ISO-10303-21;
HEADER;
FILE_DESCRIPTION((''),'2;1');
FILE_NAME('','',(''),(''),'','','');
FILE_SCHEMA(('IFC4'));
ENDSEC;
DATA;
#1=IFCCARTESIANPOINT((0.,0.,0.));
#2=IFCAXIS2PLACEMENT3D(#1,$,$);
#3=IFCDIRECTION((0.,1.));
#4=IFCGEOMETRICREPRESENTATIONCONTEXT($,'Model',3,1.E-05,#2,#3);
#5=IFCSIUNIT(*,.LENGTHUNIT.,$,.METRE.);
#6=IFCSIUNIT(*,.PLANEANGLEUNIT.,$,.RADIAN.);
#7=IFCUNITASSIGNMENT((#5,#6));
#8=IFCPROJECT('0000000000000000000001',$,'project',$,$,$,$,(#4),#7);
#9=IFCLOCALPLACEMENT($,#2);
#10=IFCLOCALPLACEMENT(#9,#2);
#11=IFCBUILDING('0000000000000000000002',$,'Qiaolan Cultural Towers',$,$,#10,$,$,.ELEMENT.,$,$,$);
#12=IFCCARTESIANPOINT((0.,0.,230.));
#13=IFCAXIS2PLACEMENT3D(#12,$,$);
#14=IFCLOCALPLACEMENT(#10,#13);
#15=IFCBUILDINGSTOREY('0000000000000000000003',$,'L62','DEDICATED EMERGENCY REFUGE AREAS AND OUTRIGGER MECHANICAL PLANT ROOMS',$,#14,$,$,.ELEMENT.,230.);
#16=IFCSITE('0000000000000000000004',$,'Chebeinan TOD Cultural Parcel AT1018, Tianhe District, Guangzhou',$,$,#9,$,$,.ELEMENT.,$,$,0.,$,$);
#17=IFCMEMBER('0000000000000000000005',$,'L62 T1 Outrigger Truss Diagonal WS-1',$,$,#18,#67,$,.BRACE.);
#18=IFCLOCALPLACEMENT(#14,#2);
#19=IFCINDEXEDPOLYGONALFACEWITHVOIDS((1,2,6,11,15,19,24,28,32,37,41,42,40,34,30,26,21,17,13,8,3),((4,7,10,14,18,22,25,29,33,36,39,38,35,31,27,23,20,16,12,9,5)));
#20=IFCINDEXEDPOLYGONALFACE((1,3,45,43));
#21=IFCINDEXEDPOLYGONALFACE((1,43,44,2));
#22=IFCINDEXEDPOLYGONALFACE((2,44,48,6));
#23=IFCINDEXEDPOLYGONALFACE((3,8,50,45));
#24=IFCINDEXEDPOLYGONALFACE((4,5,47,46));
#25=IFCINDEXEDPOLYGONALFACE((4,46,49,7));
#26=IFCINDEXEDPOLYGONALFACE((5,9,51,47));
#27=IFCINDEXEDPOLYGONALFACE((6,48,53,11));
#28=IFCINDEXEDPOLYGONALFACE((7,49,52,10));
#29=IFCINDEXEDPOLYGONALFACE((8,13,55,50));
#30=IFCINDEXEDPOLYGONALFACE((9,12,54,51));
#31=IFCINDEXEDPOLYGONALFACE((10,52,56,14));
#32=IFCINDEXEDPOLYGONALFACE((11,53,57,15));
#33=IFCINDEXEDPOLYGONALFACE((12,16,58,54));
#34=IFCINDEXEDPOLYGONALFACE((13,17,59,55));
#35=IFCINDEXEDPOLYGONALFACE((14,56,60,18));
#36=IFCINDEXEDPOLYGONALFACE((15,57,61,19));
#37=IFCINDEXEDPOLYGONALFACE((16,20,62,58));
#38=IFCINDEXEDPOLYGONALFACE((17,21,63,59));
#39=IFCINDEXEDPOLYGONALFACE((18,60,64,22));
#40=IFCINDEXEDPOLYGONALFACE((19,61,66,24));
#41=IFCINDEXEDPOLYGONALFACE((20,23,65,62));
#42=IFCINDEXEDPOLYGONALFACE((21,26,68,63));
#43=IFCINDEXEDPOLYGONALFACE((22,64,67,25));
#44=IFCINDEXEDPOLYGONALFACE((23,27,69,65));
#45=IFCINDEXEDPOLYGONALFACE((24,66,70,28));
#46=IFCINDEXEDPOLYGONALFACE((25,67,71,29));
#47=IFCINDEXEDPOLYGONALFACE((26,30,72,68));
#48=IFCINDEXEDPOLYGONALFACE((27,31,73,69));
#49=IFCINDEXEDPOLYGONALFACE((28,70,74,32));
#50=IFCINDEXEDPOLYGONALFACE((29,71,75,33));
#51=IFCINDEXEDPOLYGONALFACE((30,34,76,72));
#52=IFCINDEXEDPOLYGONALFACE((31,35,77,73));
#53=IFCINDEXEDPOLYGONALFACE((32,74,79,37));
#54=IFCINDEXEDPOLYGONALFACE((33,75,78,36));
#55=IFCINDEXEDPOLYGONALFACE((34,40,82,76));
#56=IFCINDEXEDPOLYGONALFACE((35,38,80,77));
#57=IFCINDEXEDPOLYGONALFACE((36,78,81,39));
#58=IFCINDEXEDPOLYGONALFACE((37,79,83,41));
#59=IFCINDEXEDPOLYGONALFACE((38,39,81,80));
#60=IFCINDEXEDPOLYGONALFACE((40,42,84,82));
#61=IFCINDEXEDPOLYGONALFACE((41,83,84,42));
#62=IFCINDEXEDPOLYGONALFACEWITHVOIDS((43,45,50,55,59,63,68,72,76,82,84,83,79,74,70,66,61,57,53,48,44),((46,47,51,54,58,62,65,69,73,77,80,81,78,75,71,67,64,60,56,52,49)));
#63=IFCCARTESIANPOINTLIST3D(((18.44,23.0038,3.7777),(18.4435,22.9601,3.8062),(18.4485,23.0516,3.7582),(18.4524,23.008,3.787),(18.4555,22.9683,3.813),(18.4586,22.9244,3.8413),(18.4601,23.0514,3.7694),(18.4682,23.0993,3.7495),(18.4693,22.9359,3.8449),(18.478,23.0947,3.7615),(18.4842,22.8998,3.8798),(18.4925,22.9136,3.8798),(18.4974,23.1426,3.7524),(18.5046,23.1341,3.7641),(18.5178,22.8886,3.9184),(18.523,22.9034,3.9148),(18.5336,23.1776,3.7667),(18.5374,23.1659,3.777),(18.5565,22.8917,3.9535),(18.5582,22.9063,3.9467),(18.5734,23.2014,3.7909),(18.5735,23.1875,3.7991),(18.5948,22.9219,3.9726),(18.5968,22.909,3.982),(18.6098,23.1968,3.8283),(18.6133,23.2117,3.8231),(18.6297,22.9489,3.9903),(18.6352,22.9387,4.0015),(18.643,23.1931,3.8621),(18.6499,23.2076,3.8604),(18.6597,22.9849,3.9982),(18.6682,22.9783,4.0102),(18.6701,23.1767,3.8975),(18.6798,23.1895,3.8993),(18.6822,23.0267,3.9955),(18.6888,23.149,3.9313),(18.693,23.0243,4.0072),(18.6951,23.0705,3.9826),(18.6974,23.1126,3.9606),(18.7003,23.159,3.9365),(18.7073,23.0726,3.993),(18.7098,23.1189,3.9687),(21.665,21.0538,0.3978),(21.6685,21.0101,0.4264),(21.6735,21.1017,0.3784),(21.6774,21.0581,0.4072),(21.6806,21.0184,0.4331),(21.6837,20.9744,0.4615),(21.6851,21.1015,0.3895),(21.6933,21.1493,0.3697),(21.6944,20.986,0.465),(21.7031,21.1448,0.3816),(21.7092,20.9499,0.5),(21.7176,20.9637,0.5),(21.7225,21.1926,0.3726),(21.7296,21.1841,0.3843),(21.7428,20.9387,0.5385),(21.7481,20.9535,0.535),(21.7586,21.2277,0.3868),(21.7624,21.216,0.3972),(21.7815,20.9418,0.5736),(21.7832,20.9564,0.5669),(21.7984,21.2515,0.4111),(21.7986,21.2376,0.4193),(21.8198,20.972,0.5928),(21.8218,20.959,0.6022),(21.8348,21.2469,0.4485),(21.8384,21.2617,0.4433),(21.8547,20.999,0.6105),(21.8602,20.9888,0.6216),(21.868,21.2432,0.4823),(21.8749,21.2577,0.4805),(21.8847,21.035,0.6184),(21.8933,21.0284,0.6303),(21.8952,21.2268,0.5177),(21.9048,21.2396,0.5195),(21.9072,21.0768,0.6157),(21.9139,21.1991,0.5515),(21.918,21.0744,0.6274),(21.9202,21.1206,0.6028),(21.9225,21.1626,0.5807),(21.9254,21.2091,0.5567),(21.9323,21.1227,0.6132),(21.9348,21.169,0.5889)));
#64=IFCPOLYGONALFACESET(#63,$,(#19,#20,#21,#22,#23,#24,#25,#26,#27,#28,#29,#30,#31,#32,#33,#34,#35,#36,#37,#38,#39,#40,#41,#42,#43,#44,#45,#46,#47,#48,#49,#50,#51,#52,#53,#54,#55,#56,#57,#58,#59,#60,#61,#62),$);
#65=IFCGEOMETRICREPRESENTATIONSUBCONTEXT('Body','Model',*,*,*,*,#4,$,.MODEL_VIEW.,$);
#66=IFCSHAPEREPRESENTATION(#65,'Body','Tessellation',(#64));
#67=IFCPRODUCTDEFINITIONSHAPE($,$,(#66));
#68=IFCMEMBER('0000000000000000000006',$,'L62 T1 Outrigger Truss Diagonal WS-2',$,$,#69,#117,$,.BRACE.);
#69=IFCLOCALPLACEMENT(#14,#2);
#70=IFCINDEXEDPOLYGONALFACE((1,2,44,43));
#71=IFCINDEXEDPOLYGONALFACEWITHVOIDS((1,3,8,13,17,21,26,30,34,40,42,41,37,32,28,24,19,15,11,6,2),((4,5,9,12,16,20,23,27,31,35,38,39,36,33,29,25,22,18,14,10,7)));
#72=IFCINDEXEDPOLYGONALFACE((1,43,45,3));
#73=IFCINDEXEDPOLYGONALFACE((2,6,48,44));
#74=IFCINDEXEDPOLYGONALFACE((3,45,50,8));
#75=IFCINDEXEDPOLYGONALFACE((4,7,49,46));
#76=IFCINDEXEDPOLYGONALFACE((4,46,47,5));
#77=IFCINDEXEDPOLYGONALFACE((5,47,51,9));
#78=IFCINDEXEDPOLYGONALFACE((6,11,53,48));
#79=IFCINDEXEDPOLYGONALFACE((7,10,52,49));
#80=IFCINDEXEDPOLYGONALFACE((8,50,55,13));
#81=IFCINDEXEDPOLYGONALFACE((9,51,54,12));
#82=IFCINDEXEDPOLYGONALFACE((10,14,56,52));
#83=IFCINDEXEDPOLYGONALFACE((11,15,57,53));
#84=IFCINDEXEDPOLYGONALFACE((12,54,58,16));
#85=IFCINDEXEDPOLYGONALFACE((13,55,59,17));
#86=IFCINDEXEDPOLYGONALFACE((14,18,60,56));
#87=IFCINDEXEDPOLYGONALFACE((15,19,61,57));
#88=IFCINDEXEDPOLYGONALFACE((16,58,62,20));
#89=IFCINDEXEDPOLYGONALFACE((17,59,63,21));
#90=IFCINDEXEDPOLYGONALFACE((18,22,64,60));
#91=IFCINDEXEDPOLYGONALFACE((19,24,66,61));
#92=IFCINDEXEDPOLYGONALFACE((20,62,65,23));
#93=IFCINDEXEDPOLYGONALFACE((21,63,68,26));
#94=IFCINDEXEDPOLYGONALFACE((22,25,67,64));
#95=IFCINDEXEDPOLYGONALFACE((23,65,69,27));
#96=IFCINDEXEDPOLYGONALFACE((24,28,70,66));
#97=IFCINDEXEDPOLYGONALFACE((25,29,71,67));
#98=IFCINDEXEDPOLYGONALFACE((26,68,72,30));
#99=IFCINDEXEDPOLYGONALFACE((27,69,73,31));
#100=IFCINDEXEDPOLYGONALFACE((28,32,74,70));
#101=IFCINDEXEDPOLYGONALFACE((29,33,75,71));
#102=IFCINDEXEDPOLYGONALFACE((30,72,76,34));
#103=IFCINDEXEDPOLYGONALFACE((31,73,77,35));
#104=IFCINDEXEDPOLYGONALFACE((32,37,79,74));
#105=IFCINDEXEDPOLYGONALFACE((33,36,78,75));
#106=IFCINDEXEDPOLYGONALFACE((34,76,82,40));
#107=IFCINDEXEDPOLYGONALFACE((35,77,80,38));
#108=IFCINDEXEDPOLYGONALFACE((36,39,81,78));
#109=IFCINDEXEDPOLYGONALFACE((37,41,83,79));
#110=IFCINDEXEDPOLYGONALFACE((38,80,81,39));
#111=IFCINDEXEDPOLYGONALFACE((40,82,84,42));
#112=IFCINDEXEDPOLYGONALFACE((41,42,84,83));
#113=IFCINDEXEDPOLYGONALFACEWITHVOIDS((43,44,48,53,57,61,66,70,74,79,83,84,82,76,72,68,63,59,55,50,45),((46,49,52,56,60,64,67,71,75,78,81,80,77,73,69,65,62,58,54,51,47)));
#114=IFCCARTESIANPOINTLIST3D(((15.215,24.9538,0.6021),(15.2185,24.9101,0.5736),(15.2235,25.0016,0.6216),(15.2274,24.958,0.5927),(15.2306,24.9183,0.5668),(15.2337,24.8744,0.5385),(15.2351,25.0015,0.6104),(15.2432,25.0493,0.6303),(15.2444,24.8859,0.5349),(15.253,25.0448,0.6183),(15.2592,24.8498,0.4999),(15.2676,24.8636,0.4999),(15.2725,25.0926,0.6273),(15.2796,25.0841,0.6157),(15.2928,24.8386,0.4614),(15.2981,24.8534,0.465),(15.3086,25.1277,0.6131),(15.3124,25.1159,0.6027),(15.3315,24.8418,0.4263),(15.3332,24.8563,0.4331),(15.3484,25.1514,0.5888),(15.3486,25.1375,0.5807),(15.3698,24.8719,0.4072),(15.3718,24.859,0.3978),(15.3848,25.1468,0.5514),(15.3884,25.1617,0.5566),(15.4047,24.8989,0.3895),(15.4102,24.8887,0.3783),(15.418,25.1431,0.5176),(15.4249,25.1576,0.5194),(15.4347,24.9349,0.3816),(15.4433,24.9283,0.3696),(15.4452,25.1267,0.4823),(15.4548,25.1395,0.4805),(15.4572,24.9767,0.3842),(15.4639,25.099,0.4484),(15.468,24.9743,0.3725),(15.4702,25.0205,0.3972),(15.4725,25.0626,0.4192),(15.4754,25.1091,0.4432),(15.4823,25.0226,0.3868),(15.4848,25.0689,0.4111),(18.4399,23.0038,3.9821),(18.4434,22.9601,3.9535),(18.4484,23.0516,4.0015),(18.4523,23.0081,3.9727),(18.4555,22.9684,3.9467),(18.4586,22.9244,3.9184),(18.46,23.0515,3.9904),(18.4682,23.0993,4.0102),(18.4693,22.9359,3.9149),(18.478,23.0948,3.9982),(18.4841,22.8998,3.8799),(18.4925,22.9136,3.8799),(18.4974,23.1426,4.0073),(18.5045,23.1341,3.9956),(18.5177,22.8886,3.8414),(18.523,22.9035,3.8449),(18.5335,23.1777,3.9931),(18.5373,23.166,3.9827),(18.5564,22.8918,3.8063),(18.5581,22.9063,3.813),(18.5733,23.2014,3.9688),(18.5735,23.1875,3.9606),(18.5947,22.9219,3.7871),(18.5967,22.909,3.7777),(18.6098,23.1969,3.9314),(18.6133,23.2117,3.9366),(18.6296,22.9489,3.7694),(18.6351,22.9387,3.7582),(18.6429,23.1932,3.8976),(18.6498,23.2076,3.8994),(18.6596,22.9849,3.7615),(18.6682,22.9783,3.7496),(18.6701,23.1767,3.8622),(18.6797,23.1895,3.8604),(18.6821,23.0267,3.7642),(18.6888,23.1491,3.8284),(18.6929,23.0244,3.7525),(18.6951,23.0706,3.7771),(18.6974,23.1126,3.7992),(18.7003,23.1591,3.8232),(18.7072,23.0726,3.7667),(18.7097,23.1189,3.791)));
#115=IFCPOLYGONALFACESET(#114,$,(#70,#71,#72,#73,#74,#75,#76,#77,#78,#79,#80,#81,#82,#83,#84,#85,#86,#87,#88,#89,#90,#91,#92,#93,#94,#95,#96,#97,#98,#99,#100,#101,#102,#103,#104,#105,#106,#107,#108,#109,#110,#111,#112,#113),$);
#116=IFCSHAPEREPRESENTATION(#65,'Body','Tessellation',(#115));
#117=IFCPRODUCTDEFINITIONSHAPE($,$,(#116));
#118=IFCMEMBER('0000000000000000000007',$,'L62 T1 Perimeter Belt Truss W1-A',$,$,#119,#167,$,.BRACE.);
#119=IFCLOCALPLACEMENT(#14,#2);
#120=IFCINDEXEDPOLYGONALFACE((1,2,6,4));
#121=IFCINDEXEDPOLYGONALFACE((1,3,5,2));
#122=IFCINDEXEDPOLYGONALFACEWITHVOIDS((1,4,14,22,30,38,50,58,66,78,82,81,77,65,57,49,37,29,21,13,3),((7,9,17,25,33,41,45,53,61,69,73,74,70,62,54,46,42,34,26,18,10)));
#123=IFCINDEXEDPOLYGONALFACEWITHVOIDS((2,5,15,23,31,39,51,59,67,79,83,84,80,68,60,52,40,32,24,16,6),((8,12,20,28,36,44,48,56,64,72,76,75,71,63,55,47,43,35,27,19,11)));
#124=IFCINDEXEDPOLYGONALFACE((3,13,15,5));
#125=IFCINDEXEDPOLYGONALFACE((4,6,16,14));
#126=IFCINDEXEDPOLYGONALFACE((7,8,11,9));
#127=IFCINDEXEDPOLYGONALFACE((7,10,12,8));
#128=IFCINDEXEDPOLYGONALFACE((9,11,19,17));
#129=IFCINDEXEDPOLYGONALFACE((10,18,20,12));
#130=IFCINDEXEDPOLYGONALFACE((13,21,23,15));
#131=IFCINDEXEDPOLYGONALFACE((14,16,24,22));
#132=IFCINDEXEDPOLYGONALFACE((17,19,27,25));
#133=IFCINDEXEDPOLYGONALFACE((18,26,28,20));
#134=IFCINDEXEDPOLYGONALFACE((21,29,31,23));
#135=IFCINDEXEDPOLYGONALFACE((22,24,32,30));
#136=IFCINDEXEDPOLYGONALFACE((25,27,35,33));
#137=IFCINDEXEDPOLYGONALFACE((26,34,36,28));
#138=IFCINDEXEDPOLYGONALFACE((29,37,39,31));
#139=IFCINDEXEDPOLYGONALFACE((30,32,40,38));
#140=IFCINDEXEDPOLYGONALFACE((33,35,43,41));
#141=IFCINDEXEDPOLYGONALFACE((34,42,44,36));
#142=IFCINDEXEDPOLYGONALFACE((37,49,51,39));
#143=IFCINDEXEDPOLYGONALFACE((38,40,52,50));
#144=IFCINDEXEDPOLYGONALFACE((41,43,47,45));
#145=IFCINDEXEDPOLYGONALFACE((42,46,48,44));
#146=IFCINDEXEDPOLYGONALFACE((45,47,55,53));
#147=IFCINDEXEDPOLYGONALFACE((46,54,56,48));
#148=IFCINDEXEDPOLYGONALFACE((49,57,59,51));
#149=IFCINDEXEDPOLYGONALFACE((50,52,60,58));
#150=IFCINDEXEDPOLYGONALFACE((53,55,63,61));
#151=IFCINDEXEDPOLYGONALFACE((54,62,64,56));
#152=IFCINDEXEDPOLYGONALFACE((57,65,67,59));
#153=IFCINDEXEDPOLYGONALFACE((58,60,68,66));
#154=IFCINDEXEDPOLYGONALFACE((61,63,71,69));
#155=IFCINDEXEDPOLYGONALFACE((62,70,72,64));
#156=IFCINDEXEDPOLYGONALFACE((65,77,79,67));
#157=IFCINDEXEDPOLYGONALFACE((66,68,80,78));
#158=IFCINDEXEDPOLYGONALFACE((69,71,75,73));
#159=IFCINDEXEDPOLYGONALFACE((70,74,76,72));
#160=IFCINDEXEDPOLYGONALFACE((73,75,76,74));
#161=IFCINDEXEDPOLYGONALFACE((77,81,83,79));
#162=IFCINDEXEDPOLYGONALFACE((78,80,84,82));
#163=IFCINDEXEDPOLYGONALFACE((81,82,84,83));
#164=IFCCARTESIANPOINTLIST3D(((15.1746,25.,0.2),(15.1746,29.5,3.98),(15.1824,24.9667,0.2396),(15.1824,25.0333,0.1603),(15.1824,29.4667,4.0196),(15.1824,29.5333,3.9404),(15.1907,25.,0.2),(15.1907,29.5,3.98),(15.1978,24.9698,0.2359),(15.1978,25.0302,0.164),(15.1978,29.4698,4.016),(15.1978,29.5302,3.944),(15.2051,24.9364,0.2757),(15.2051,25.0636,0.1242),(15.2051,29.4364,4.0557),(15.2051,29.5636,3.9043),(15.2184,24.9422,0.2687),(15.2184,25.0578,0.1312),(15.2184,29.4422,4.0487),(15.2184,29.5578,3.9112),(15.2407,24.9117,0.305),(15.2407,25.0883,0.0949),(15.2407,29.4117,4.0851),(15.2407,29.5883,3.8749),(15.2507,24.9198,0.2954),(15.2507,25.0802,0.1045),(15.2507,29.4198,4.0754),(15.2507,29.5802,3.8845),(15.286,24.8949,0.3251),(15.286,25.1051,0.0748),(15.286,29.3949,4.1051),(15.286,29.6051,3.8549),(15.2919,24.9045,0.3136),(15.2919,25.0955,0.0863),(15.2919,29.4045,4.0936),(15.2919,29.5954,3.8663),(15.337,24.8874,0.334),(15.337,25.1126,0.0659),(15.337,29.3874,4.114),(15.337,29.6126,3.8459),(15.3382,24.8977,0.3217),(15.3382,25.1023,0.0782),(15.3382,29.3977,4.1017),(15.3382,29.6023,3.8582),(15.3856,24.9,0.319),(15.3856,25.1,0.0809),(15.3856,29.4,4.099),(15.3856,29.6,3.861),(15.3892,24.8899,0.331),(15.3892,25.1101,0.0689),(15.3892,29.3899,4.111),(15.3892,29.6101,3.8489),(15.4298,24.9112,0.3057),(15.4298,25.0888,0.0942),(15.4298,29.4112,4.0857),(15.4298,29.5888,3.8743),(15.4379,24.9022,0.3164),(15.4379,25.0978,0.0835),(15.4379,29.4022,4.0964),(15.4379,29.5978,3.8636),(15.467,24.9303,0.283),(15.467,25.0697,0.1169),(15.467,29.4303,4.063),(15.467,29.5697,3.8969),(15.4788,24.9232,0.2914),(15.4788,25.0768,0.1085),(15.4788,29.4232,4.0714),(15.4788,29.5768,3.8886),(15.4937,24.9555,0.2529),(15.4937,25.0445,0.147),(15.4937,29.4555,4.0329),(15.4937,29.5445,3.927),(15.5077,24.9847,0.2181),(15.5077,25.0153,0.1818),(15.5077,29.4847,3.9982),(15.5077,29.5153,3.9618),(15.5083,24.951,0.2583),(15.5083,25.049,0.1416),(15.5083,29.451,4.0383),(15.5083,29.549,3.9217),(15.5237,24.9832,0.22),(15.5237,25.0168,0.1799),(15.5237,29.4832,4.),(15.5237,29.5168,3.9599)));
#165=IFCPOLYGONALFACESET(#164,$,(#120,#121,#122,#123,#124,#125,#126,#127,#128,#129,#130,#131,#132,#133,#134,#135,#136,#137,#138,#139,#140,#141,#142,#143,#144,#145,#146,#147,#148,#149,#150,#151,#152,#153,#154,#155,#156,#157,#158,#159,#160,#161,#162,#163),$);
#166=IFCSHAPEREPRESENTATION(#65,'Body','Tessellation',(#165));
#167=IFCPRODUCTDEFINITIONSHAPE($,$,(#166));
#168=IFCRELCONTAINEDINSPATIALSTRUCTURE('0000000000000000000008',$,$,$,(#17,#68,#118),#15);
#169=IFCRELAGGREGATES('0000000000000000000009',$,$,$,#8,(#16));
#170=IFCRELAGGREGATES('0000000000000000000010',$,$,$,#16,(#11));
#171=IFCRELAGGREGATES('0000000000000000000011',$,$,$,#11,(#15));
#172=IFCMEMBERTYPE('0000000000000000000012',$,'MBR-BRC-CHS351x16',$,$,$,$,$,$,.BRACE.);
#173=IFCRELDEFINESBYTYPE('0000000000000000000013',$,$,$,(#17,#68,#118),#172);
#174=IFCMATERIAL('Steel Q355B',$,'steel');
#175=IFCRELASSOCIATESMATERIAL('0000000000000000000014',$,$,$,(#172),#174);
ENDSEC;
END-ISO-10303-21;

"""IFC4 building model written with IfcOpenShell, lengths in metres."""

from ifc_helpers import new_model, si_unit, direction, frame, origin, origin_2d, place, context, subcontext, project, spatial, hollow_circle, extrude, material, material_profile, profile_set, type_object, element, save


model = new_model("IFC4")

# Units and contexts
model_context = context("Model", 3, precision=1e-05, world=origin(), true_north=direction((0.0, 1.0)))
body_context = subcontext(model_context, "Body", "Model", "MODEL_VIEW")
ifc_project = project(units=[si_unit("LENGTHUNIT", "METRE"), si_unit("PLANEANGLEUNIT", "RADIAN")], contexts=[model_context])

# Site, building, storey
site_placement = place(None, origin())
site = spatial("IfcSite", under=ifc_project, at=site_placement, Name="Chebeinan TOD Cultural Parcel AT1018, Tianhe District, Guangzhou", CompositionType="ELEMENT", RefElevation=0.0)
building_placement = place(site_placement, origin())
building = spatial("IfcBuilding", under=site, at=building_placement, Name="Qiaolan Cultural Towers", CompositionType="ELEMENT")
storey_placement = place(building_placement, frame((0.0, 0.0, 230.0)))
storey = spatial("IfcBuildingStorey", under=building, at=storey_placement, Name="L62", Description="DEDICATED EMERGENCY REFUGE AREAS AND OUTRIGGER MECHANICAL PLANT ROOMS", CompositionType="ELEMENT", Elevation=230.0)

# Members
ifc_material_1 = material(Name="Steel Q355B", Category="steel")
ifc_material_profile_1 = material_profile(ifc_material_1, hollow_circle(Radius=0.1755, WallThickness=0.0161, at=origin_2d()), Name="CHS351x16")
ifc_profile_set_1 = profile_set([ifc_material_profile_1], Name="Steel Q355B")
member_type_1 = type_object("IfcMemberType", Name="MBR-BRC-CHS351x16", PredefinedType="BRACE", material=ifc_profile_set_1)
for number, where, z_axis, x_axis, name in (
    (1, (21.8, 21.1001, 0.5), (-0.637078, 0.385189, 0.667654), (-0.517398, -0.855745, 0.0), "L62 T1 Outrigger Truss Diagonal WS-1"),
    (2, (18.575, 23.05, 3.8799), (-0.637049, 0.3852, -0.667674), (-0.517427, -0.855727, 0.0), "L62 T1 Outrigger Truss Diagonal WS-2"),
):
    element("IfcMember", number, at=place(storey_placement, frame(where, z_axis=z_axis, x_axis=x_axis)), inside=storey, type_object=member_type_1, Name=name, PredefinedType="BRACE", context=body_context, shape_type="SweptSolid", body=[
        extrude(hollow_circle(Radius=0.1755, WallThickness=0.0161, at=origin_2d()), origin(), (0.0, 0.0, 1.0), 5.0623),
    ])
for number, where, z_axis, x_axis, name in (
    (3, (15.3501, 25.0, 0.2), (0.0, 0.765702, 0.643195), (-1.0, 0.0, 0.0), "L62 T1 Perimeter Belt Truss W1-A"),
):
    element("IfcMember", number, at=place(storey_placement, frame(where, z_axis=z_axis, x_axis=x_axis)), inside=storey, type_object=member_type_1, Name=name, PredefinedType="BRACE", context=body_context, shape_type="SweptSolid", body=[
        extrude(hollow_circle(Radius=0.1755, WallThickness=0.0161, at=origin_2d()), origin(), (0.0, 0.0, 1.0), 5.877),
    ])

save(model, "model.ifc")
